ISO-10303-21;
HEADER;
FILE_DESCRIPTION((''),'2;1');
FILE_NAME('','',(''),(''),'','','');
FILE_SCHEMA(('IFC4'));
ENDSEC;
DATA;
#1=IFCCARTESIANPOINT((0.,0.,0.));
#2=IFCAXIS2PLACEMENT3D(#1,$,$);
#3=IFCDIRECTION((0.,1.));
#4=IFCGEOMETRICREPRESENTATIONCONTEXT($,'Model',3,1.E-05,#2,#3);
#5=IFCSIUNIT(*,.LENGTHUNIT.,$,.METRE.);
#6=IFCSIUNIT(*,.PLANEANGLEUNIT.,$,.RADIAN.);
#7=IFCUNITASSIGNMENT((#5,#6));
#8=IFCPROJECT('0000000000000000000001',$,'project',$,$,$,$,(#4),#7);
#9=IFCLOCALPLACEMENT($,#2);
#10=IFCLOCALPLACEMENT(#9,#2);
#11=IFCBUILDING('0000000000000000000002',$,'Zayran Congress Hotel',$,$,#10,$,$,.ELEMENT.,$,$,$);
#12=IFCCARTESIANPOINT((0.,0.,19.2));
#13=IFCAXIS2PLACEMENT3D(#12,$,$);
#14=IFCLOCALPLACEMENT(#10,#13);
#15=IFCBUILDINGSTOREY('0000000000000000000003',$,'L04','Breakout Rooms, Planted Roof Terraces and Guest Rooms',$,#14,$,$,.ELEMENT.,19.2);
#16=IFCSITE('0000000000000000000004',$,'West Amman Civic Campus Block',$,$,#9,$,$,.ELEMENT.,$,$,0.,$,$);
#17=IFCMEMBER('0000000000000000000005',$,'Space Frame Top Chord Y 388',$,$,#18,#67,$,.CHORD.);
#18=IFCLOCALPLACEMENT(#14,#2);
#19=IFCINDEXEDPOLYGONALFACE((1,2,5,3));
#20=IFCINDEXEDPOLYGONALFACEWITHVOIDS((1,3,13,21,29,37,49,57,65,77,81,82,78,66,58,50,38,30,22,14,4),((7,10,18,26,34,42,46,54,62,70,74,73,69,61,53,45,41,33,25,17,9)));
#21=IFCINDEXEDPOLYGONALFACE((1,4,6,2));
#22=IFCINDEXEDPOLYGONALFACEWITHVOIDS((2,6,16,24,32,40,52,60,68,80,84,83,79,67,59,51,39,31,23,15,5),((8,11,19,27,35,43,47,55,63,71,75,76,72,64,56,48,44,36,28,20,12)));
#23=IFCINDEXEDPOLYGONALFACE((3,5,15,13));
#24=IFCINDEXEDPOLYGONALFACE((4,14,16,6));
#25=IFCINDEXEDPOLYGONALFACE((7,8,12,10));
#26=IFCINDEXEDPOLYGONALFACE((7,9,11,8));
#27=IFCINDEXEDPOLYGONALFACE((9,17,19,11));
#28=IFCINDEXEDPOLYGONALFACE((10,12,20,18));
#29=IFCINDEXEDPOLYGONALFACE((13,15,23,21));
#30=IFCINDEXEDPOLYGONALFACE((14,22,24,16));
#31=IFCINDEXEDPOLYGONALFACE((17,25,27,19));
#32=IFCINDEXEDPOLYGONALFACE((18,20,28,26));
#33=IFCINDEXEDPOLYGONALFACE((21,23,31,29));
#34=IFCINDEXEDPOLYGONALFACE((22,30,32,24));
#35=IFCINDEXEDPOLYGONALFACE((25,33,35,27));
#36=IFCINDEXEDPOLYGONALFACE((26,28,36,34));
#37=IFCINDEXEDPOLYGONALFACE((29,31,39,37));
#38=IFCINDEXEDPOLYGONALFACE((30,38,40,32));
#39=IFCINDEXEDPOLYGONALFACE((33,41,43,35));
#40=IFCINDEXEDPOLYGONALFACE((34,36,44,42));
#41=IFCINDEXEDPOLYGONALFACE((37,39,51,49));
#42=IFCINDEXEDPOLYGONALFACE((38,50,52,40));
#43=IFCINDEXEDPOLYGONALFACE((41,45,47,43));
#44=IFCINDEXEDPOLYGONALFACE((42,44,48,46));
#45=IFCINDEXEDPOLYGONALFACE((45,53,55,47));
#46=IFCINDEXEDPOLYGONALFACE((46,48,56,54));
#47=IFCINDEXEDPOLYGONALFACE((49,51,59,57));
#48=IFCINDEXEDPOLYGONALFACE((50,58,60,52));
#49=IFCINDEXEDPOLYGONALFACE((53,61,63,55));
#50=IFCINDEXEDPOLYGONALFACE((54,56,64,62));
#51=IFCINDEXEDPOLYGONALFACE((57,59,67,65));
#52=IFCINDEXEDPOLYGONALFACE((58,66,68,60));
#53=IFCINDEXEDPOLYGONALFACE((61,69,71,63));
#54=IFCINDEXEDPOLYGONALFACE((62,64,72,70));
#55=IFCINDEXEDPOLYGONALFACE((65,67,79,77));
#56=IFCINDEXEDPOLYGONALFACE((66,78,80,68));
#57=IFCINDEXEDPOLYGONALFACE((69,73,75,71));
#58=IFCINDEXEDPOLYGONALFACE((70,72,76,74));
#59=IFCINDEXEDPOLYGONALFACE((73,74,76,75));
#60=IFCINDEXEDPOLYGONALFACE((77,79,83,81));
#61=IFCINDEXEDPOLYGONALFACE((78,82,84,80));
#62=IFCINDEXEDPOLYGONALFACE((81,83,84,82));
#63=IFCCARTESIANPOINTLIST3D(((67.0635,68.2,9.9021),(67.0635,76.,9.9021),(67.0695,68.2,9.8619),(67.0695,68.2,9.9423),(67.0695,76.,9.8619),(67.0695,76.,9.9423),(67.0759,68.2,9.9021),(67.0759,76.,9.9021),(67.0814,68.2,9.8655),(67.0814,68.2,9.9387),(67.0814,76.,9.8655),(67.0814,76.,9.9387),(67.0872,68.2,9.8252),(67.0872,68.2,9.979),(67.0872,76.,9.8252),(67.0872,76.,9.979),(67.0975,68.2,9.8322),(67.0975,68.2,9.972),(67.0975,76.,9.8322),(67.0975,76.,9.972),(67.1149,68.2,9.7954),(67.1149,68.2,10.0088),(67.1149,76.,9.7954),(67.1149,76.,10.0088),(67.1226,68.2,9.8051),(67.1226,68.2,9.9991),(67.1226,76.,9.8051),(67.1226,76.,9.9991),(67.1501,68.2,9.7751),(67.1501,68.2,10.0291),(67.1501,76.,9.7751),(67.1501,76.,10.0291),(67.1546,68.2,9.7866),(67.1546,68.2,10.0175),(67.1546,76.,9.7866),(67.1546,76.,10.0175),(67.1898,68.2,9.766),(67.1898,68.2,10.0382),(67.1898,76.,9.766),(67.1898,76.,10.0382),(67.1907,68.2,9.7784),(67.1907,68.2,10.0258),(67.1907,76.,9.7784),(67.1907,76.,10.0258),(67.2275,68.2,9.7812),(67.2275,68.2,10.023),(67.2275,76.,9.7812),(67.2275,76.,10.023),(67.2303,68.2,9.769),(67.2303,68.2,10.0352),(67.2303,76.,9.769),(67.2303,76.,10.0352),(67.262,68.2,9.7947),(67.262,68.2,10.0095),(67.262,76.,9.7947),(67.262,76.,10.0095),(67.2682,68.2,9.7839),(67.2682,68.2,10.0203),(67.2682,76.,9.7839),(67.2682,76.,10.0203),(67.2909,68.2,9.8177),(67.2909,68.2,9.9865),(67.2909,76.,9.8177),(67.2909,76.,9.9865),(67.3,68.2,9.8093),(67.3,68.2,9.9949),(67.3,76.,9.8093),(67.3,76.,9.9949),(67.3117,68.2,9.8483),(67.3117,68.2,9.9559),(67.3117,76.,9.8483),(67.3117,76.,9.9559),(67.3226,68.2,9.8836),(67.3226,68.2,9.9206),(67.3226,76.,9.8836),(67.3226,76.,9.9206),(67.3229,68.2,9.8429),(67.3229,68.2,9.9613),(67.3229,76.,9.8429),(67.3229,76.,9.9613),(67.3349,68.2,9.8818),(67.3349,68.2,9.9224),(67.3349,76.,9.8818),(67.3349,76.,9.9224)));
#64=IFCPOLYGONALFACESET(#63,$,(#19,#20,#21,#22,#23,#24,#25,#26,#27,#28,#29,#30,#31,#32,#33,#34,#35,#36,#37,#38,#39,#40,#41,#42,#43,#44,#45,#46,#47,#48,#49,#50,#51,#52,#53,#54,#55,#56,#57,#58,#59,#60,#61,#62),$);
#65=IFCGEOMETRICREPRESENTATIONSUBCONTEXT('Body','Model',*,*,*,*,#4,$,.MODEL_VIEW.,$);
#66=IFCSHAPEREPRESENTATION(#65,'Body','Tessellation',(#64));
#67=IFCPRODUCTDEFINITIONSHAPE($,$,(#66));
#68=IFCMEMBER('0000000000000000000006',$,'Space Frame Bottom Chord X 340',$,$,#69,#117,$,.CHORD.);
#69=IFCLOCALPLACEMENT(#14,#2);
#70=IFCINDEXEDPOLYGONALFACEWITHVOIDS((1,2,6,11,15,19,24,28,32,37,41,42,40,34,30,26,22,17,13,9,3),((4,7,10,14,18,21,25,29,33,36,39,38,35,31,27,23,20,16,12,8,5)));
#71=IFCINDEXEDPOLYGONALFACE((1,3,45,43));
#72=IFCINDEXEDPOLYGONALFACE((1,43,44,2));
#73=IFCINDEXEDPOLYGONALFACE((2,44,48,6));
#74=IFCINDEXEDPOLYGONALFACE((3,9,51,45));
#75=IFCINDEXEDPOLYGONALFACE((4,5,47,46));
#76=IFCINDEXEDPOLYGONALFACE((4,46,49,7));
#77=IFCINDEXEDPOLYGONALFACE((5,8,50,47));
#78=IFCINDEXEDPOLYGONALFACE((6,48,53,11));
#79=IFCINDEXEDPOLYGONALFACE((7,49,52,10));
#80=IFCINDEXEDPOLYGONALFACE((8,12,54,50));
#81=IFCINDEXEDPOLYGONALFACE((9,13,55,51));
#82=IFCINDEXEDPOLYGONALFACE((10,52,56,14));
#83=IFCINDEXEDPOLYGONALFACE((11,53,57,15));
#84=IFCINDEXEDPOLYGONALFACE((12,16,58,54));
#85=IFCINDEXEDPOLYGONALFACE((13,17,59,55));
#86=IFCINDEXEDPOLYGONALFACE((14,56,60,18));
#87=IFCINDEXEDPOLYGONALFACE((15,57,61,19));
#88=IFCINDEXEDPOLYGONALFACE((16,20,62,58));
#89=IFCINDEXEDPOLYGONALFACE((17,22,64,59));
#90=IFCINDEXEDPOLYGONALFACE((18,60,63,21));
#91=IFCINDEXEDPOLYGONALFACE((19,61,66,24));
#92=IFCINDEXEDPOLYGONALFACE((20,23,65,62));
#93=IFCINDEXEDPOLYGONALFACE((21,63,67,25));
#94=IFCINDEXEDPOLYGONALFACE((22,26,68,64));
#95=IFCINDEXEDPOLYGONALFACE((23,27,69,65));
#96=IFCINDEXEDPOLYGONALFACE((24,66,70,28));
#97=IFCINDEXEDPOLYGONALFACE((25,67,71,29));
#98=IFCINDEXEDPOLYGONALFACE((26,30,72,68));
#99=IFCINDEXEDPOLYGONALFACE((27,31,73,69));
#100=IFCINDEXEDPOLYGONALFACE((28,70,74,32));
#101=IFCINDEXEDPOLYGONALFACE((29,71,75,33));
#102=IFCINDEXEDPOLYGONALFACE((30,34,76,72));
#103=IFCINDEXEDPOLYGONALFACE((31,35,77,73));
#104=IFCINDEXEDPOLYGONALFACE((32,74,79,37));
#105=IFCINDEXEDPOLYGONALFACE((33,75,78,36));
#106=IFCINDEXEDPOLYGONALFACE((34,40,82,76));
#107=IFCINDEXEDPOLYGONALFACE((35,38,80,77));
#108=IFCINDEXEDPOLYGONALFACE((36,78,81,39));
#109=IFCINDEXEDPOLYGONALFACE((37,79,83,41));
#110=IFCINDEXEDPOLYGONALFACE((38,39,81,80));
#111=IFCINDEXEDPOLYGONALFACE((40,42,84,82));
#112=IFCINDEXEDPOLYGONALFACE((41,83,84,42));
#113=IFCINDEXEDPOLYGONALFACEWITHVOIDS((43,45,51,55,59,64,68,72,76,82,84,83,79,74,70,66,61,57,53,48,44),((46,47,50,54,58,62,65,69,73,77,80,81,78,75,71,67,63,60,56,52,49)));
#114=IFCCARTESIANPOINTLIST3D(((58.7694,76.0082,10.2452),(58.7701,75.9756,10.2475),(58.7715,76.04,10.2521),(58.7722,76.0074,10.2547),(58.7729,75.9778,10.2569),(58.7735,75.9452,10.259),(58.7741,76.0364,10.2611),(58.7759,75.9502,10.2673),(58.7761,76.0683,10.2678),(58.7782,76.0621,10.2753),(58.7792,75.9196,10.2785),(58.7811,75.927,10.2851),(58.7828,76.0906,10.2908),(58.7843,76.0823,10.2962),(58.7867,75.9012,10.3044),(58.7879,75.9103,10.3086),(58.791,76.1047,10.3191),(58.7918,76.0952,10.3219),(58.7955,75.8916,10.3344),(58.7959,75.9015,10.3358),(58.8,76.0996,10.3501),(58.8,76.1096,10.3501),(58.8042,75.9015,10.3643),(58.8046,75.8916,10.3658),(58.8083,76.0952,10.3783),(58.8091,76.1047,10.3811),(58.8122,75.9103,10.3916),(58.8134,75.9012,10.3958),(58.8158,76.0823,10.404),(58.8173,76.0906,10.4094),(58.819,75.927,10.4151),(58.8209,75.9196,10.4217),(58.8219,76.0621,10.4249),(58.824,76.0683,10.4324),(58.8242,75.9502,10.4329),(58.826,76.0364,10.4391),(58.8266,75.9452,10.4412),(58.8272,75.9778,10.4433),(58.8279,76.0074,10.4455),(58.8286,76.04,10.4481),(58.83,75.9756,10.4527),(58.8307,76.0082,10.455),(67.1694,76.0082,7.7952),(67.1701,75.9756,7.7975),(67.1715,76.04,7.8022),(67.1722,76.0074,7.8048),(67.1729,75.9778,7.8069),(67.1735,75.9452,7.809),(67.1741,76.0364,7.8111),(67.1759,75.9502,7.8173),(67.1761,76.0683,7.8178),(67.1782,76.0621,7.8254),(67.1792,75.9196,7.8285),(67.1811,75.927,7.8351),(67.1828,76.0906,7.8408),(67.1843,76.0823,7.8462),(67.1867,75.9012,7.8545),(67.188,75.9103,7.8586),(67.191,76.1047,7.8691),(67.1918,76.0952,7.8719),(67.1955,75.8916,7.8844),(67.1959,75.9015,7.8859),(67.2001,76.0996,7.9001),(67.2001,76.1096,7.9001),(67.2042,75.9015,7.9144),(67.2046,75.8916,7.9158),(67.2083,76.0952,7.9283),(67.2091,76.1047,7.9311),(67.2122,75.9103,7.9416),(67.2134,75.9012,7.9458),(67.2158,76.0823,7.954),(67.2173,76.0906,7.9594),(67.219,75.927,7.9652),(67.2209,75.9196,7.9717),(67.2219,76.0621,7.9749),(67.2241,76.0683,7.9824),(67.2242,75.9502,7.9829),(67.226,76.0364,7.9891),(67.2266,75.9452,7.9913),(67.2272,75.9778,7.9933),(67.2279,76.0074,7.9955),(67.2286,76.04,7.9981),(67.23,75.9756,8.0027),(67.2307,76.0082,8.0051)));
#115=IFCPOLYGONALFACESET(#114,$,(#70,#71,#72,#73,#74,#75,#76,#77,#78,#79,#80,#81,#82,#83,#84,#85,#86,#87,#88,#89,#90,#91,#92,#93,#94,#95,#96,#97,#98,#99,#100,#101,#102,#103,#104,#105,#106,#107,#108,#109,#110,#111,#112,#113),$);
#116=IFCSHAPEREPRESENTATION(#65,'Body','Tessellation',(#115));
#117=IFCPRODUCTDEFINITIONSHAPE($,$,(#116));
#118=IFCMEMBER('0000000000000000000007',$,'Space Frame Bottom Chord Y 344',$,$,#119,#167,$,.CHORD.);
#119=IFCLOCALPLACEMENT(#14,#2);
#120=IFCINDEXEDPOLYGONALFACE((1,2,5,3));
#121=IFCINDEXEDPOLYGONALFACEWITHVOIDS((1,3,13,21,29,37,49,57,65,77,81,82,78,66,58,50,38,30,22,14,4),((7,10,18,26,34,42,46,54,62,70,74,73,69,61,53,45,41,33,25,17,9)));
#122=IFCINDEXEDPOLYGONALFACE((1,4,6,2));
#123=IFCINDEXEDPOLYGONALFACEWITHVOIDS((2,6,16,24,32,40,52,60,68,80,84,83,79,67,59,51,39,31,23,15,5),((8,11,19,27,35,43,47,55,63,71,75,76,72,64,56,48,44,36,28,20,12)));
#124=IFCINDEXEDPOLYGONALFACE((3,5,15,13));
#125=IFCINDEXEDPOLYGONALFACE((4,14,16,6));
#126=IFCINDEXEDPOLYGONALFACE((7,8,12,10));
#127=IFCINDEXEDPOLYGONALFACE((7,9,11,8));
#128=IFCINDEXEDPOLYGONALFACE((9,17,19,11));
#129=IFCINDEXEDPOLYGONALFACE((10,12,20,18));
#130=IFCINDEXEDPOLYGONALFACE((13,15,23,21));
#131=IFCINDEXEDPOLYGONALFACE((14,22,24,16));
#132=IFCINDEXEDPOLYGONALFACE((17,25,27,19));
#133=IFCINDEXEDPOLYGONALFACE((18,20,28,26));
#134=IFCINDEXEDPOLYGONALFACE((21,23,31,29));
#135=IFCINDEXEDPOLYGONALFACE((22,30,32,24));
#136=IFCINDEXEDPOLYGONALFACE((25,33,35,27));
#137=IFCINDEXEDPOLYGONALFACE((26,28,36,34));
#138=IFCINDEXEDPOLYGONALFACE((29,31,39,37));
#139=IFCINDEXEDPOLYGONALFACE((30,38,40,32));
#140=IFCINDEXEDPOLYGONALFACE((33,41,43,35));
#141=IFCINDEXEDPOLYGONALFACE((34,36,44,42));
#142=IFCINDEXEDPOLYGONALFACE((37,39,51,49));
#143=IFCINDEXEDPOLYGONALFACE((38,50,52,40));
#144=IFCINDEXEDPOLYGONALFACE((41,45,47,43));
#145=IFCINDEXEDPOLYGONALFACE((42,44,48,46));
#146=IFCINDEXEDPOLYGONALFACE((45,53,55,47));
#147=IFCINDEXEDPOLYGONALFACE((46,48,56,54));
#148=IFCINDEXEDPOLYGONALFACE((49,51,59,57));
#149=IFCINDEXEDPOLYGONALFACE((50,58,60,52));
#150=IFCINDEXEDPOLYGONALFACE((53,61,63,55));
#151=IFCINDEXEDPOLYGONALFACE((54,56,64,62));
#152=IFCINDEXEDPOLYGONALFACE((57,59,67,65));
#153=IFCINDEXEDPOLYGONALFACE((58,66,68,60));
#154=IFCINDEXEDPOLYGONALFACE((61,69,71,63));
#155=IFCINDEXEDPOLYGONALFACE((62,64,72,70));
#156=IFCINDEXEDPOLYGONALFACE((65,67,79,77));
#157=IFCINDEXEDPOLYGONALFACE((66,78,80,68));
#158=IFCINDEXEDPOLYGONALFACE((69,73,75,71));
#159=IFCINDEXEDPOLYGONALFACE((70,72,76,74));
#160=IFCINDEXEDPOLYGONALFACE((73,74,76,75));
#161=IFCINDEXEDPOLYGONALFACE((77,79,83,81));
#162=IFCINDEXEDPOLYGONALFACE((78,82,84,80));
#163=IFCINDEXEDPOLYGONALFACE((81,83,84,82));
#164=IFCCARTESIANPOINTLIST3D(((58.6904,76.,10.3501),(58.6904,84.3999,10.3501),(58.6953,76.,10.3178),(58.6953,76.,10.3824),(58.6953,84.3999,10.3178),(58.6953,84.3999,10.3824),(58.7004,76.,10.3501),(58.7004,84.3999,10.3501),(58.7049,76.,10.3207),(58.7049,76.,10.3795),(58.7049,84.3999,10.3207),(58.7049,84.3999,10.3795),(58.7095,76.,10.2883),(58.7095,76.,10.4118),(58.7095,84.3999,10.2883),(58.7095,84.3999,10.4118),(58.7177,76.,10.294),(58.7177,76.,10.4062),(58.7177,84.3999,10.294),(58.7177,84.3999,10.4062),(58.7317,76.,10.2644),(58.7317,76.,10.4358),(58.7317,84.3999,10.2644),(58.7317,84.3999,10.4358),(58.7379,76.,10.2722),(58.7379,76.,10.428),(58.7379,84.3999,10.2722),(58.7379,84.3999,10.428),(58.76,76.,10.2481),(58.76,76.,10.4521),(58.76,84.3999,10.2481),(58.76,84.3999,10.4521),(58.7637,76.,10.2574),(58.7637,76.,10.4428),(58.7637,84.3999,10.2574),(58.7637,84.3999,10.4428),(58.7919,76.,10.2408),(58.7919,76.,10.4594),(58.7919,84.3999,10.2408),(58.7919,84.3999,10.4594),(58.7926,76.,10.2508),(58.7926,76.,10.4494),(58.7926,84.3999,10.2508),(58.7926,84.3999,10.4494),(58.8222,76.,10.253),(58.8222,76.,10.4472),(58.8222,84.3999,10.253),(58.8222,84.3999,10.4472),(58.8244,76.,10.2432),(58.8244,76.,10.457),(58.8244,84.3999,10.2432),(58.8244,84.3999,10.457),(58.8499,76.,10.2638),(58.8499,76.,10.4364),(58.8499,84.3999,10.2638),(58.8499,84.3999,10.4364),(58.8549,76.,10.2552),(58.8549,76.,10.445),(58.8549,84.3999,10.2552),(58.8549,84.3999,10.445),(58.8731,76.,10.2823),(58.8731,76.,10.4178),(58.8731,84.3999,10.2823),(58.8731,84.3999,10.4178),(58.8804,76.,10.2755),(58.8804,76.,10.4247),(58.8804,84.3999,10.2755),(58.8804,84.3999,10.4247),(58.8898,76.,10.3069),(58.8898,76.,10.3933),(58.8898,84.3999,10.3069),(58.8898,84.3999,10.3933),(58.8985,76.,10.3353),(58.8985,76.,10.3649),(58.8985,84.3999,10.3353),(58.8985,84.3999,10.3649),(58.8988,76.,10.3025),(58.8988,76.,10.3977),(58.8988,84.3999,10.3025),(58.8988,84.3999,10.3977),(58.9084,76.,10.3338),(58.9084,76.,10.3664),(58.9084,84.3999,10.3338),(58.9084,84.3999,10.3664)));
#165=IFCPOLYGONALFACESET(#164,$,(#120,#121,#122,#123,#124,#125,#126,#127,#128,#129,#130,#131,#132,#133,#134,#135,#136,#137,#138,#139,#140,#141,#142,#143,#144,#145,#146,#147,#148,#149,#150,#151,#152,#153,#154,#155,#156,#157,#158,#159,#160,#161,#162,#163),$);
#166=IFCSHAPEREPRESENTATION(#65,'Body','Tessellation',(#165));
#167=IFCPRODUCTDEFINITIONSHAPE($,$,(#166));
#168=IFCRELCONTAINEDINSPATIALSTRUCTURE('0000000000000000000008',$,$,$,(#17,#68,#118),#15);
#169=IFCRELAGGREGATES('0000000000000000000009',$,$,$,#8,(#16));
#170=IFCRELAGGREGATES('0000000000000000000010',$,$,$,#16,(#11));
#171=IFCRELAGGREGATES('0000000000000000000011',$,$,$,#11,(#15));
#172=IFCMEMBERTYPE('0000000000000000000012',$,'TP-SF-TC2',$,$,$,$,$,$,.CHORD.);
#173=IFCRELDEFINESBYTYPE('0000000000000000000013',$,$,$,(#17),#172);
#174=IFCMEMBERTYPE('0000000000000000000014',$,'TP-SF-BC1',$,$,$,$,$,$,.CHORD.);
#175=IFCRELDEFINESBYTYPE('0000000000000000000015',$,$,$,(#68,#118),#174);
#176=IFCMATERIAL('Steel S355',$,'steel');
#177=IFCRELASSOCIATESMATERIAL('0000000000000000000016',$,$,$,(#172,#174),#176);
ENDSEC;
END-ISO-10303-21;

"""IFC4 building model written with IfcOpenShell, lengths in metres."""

from ifc_helpers import new_model, si_unit, direction, frame, origin, origin_2d, place, context, subcontext, project, spatial, hollow_circle, extrude, material, material_profile, profile_set, type_object, element, save


model = new_model("IFC4")

# Units and contexts
model_context = context("Model", 3, precision=1e-05, world=origin(), true_north=direction((0.0, 1.0)))
body_context = subcontext(model_context, "Body", "Model", "MODEL_VIEW")
ifc_project = project(units=[si_unit("LENGTHUNIT", "METRE"), si_unit("PLANEANGLEUNIT", "RADIAN")], contexts=[model_context])

# Site, building, storey
site_placement = place(None, origin())
site = spatial("IfcSite", under=ifc_project, at=site_placement, Name="West Amman Civic Campus Block", CompositionType="ELEMENT", RefElevation=0.0)
building_placement = place(site_placement, origin())
building = spatial("IfcBuilding", under=site, at=building_placement, Name="Zayran Congress Hotel", CompositionType="ELEMENT")
storey_placement = place(building_placement, frame((0.0, 0.0, 19.2)))
storey = spatial("IfcBuildingStorey", under=building, at=storey_placement, Name="L04", Description="Breakout Rooms, Planted Roof Terraces and Guest Rooms", CompositionType="ELEMENT", Elevation=19.2)

# Members
ifc_material_1 = material(Name="Steel S355", Category="steel")
ifc_material_profile_1 = material_profile(ifc_material_1, hollow_circle(Radius=0.1365, WallThickness=0.0125, at=origin_2d()), Name="CHS 273x12.5")
ifc_profile_set_1 = profile_set([ifc_material_profile_1], Name="Steel S355")
member_type_1 = type_object("IfcMemberType", Name="TP-SF-TC2", PredefinedType="CHORD", material=ifc_profile_set_1)
member_1_placement = place(storey_placement, frame((67.2, 68.2, 9.9021), z_axis=(0.0, 1.0, 0.0), x_axis=(-1.0, 0.0, 0.0)))
element("IfcMember", 1, at=member_1_placement, inside=storey, type_object=member_type_1, Name="Space Frame Top Chord Y 388", PredefinedType="CHORD", context=body_context, shape_type="SweptSolid", body=[
    extrude(hollow_circle(Radius=0.1365, WallThickness=0.0125, at=origin_2d()), origin(), (0.0, 0.0, 1.0), 7.8),
])
ifc_material_profile_2 = material_profile(ifc_material_1, hollow_circle(Radius=0.1096, WallThickness=0.01, at=origin_2d()), Name="CHS 219.1x10")
ifc_profile_set_2 = profile_set([ifc_material_profile_2], Name="Steel S355")
member_type_2 = type_object("IfcMemberType", Name="TP-SF-BC1", PredefinedType="CHORD", material=ifc_profile_set_2)
member_2_placement = place(storey_placement, frame((58.8, 76.0, 10.3501), z_axis=(0.960001, 0.0, -0.279998), x_axis=(0.0, 1.0, 0.0)))
element("IfcMember", 2, at=member_2_placement, inside=storey, type_object=member_type_2, Name="Space Frame Bottom Chord X 340", PredefinedType="CHORD", context=body_context, shape_type="SweptSolid", body=[
    extrude(hollow_circle(Radius=0.1096, WallThickness=0.01, at=origin_2d()), origin(), (0.0, 0.0, 1.0), 8.75),
])
member_3_placement = place(storey_placement, frame((58.8, 76.0, 10.3501), z_axis=(0.0, 1.0, 0.0), x_axis=(-1.0, 0.0, 0.0)))
element("IfcMember", 3, at=member_3_placement, inside=storey, type_object=member_type_2, Name="Space Frame Bottom Chord Y 344", PredefinedType="CHORD", context=body_context, shape_type="SweptSolid", body=[
    extrude(hollow_circle(Radius=0.1096, WallThickness=0.01, at=origin_2d()), origin(), (0.0, 0.0, 1.0), 8.3999),
])

save(model, "model.ifc")
